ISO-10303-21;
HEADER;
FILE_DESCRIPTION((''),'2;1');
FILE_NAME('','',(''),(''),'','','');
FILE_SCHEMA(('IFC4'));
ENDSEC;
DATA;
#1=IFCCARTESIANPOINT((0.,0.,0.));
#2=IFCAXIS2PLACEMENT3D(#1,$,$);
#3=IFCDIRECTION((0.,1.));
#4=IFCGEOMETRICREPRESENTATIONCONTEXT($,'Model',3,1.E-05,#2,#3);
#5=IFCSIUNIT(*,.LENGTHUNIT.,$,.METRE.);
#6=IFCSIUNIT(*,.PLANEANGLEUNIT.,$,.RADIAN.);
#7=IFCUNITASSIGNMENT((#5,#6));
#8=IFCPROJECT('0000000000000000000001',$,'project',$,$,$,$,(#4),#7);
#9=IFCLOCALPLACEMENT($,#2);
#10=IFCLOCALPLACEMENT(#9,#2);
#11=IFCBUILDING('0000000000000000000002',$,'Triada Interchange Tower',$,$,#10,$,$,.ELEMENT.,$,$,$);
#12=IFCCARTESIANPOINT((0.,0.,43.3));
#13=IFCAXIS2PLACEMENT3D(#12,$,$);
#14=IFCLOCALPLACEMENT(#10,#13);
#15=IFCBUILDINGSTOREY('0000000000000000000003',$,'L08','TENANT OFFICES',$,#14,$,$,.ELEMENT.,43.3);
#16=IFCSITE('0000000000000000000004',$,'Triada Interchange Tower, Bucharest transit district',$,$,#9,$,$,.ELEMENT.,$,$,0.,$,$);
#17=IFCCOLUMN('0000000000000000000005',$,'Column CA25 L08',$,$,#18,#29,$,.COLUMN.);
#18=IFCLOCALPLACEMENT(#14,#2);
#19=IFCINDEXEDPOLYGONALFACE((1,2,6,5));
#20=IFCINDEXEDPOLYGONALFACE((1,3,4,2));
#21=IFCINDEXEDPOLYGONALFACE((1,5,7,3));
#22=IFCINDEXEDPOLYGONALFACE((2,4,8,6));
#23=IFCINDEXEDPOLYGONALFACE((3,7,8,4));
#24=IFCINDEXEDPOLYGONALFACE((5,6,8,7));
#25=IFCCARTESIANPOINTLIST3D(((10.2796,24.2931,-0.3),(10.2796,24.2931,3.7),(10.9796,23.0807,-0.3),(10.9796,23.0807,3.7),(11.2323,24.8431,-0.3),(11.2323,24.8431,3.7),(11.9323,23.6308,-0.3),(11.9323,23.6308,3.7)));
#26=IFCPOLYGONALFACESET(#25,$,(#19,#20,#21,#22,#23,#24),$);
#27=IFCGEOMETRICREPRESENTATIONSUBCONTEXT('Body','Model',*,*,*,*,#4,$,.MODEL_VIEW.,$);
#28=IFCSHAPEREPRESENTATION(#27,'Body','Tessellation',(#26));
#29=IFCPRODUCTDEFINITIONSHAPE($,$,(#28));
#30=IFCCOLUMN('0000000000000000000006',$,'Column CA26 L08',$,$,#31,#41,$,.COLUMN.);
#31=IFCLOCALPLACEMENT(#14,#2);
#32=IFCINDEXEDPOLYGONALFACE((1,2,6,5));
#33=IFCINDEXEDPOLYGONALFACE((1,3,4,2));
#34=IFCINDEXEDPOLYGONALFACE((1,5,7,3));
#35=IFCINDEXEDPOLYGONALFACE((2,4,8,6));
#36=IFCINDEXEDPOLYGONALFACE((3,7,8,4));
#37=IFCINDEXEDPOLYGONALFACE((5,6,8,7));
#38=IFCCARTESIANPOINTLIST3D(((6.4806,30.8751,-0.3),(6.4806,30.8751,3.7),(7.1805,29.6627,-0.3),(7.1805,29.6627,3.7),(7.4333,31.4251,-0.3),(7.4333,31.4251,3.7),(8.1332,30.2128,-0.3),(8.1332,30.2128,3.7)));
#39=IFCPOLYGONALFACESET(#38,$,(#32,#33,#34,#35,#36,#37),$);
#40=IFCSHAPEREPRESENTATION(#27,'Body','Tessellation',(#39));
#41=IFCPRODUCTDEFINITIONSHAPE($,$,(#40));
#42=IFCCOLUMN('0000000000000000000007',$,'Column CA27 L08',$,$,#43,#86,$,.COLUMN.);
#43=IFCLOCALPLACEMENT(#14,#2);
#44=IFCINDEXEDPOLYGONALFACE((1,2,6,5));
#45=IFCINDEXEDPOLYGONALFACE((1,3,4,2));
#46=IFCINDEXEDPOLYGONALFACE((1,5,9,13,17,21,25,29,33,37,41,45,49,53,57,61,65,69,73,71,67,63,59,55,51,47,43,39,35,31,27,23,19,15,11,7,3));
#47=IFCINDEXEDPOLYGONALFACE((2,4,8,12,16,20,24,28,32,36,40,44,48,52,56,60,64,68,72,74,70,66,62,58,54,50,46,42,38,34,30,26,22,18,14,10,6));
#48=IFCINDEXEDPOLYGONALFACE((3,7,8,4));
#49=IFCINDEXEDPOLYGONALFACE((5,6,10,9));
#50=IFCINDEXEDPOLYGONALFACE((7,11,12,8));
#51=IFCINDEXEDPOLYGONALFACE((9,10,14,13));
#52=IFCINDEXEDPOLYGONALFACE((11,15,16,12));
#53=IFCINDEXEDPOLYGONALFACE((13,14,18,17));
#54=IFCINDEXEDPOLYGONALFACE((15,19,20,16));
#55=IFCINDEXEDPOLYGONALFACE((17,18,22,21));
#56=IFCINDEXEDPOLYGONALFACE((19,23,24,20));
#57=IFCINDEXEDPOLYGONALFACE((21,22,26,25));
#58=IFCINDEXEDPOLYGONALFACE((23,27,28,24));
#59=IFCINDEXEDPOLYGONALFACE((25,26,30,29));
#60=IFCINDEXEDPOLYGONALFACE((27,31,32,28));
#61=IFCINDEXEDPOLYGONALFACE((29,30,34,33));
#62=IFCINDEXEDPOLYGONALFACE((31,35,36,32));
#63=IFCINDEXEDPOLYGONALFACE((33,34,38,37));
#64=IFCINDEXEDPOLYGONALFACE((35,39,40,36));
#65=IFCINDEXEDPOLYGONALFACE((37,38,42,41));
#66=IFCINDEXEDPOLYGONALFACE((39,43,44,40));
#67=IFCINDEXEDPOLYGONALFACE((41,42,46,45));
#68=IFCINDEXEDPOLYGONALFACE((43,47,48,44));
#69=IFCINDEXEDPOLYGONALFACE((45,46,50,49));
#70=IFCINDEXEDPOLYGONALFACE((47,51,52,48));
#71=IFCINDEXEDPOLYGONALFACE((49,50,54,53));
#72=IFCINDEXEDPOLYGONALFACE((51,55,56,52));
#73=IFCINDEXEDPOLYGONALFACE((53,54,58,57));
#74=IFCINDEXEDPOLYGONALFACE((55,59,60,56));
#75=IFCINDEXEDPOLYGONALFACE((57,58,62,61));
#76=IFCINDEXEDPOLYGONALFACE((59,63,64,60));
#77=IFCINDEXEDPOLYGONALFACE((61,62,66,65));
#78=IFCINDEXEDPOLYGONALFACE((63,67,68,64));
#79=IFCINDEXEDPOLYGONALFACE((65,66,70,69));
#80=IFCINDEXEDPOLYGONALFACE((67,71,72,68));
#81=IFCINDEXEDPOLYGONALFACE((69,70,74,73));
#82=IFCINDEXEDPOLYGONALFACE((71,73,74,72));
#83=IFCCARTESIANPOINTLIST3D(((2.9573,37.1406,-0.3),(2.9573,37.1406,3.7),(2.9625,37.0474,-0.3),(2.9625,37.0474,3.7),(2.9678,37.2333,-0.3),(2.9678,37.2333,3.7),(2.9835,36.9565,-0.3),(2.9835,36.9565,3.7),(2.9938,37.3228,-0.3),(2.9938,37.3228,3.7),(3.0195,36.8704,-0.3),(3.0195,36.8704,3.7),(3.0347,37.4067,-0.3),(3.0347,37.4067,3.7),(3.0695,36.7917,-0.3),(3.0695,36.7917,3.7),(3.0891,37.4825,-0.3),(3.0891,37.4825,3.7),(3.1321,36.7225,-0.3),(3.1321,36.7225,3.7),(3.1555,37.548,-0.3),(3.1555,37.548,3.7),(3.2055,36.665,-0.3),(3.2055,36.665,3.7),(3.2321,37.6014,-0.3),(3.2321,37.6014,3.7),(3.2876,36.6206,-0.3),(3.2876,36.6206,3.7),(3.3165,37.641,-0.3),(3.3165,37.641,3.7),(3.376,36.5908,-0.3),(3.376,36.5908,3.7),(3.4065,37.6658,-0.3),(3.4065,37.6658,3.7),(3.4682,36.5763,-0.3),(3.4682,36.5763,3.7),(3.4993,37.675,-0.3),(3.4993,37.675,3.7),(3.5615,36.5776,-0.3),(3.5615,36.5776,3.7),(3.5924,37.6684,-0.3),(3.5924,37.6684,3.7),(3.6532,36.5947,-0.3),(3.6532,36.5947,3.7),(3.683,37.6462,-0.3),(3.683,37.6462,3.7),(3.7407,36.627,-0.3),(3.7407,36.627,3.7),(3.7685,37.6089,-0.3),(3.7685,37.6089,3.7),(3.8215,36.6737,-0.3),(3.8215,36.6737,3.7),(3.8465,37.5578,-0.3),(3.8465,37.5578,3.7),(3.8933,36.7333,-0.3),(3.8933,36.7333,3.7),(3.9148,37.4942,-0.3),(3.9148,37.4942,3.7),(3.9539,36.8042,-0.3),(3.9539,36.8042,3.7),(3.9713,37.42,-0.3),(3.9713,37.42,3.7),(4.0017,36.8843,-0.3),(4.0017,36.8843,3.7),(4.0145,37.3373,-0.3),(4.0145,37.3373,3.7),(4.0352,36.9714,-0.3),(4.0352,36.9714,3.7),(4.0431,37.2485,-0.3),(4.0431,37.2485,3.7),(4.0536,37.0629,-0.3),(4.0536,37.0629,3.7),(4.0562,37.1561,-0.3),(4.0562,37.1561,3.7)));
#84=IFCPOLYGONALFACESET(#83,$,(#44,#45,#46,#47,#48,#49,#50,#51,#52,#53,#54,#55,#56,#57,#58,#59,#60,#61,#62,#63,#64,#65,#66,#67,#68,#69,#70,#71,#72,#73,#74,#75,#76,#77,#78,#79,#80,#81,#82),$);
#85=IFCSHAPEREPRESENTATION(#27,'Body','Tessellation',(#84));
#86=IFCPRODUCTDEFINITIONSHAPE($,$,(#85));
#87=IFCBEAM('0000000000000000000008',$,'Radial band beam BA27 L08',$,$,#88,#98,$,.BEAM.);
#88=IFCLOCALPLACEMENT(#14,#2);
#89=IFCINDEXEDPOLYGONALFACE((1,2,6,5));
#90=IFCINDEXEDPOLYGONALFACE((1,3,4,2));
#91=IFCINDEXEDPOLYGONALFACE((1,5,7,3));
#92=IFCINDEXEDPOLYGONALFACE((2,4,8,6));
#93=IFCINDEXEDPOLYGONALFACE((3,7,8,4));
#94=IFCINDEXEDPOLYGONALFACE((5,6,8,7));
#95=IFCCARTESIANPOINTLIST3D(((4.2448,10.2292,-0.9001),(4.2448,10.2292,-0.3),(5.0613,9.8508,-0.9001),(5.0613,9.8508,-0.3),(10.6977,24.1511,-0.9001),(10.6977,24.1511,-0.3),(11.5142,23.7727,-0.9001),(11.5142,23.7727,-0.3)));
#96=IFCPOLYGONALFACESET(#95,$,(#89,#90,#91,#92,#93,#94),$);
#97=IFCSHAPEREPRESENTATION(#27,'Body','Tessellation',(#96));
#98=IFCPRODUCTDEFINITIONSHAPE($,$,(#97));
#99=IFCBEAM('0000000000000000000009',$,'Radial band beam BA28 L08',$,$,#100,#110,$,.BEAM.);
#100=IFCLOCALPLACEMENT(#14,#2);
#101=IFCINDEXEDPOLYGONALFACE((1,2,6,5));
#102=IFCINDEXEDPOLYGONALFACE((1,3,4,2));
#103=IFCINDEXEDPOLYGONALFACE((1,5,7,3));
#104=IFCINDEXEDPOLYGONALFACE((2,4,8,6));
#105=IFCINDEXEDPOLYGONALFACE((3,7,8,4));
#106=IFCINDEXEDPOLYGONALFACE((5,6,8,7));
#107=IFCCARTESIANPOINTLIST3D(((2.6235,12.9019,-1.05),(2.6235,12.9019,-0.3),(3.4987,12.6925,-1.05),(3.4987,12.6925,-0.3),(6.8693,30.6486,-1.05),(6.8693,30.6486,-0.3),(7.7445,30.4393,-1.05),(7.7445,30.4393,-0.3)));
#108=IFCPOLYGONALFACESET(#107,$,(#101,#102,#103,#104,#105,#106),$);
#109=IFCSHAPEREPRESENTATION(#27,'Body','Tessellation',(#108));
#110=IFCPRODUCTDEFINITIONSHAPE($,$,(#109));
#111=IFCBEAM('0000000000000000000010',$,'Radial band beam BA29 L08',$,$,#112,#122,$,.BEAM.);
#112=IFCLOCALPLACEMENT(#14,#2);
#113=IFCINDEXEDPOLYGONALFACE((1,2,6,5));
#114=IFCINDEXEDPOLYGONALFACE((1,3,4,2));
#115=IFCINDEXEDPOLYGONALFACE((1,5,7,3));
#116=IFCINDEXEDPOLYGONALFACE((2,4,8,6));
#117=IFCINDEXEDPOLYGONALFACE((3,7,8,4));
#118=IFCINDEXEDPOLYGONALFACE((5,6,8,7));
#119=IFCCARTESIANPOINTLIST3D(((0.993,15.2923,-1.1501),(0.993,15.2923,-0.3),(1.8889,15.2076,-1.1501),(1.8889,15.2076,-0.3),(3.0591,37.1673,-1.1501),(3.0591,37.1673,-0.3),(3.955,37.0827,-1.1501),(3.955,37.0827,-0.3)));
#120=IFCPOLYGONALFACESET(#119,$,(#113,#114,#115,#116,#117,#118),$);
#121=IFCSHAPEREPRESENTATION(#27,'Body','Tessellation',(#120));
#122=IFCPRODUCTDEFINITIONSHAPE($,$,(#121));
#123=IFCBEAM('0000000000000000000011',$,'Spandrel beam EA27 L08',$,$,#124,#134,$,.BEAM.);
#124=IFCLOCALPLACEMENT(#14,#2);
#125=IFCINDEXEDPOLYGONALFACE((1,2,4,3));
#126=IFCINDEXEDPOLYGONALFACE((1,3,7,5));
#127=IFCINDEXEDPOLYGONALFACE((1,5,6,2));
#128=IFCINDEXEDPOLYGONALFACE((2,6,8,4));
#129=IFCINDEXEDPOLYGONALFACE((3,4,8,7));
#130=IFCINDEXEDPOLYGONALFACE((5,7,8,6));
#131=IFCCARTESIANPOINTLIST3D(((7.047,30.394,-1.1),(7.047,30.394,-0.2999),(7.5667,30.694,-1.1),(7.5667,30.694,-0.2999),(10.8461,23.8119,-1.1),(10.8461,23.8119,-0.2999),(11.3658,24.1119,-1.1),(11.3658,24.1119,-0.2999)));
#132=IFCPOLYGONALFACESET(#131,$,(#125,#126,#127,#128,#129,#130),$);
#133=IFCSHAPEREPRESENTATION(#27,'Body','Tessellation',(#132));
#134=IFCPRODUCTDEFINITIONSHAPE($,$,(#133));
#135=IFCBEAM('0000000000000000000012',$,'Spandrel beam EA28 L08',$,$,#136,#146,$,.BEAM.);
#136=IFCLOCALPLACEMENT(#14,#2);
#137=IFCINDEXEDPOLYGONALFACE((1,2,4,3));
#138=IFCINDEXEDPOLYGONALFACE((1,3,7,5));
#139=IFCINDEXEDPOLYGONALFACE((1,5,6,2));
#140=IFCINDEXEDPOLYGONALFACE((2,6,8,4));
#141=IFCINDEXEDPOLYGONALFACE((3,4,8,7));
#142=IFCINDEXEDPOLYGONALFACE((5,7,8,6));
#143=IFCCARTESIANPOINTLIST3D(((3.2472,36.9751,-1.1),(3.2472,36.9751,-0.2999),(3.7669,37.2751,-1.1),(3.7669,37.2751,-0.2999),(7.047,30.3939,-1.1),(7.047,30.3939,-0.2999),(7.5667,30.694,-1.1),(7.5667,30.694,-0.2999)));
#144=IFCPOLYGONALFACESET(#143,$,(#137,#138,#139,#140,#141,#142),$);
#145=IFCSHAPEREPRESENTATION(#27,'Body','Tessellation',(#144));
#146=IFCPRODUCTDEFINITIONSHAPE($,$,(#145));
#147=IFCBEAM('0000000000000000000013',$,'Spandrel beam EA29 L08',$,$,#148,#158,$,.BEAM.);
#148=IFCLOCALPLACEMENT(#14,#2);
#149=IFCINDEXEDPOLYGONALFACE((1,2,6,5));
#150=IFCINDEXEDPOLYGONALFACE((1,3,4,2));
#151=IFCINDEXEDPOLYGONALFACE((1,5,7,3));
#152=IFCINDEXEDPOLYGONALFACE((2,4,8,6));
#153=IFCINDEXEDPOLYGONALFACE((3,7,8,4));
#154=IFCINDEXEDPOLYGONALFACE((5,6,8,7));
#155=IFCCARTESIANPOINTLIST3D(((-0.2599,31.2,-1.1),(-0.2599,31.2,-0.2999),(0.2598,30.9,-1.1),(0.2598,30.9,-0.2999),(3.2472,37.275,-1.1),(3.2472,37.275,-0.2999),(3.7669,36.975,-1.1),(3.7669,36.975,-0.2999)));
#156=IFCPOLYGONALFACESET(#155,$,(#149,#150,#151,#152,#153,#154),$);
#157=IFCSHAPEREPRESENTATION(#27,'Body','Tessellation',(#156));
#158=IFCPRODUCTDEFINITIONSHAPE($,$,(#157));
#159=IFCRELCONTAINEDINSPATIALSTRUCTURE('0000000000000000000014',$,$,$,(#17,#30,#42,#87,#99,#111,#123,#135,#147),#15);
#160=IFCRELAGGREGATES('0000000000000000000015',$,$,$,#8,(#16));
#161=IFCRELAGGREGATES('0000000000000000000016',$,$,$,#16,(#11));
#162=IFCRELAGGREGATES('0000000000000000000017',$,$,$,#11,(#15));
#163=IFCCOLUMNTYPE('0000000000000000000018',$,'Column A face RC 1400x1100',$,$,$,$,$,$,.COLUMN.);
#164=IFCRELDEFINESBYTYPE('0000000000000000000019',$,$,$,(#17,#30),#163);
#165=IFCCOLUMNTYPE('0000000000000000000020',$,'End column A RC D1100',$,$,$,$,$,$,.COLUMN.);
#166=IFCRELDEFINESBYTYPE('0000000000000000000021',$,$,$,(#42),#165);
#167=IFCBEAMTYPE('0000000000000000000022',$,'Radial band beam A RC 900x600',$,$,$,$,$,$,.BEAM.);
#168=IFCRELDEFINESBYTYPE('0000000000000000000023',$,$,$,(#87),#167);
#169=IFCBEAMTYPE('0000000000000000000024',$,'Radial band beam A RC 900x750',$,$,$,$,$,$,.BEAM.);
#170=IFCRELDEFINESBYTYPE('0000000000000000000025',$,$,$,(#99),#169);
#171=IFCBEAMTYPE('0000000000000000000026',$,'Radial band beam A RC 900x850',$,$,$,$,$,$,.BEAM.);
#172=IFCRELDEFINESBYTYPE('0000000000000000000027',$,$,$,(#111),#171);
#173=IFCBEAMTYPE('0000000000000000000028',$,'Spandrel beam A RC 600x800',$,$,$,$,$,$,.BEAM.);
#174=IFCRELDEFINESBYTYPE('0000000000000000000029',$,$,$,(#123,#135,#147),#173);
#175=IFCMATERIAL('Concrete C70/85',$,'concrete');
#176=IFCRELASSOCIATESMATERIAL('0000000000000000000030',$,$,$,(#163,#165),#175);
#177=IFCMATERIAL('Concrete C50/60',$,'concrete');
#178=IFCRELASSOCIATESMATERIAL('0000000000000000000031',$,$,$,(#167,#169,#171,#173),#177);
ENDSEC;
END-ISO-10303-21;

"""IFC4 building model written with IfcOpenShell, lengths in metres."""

from ifc_helpers import new_model, si_unit, direction, frame, origin, origin_2d, place, context, subcontext, project, spatial, rectangle, circle, extrude, material, material_profile, profile_set, type_object, element, save


model = new_model("IFC4")

# Units and contexts
model_context = context("Model", 3, precision=1e-05, world=origin(), true_north=direction((0.0, 1.0)))
body_context = subcontext(model_context, "Body", "Model", "MODEL_VIEW")
ifc_project = project(units=[si_unit("LENGTHUNIT", "METRE"), si_unit("PLANEANGLEUNIT", "RADIAN")], contexts=[model_context])

# Site, building, storey
site_placement = place(None, origin())
site = spatial("IfcSite", under=ifc_project, at=site_placement, Name="Triada Interchange Tower, Bucharest transit district", CompositionType="ELEMENT", RefElevation=0.0)
building_placement = place(site_placement, origin())
building = spatial("IfcBuilding", under=site, at=building_placement, Name="Triada Interchange Tower", CompositionType="ELEMENT")
storey_placement = place(building_placement, frame((0.0, 0.0, 43.3)))
storey = spatial("IfcBuildingStorey", under=building, at=storey_placement, Name="L08", Description="TENANT OFFICES", CompositionType="ELEMENT", Elevation=43.3)

# Columns
ifc_material_1 = material(Name="Concrete C70/85", Category="concrete")
ifc_material_profile_1 = material_profile(ifc_material_1, rectangle(XDim=1.3999, YDim=1.1001, at=origin_2d()), Name="RC 1400x1100")
ifc_profile_set_1 = profile_set([ifc_material_profile_1], Name="Concrete C70/85")
column_type_1 = type_object("IfcColumnType", Name="Column A face RC 1400x1100", PredefinedType="COLUMN", material=ifc_profile_set_1)
for number, where, z_axis, x_axis, name in (
    (1, (11.106, 23.9619, -0.3), (0.0, 0.0, 1.0), (-0.5, 0.866025, 0.0), "Column CA25 L08"),
    (2, (7.3069, 30.5439, -0.3), (0.0, 0.0, 1.0), (-0.5, 0.866025, 0.0), "Column CA26 L08"),
):
    element("IfcColumn", number, at=place(storey_placement, frame(where, z_axis=z_axis, x_axis=x_axis)), inside=storey, type_object=column_type_1, Name=name, PredefinedType="COLUMN", context=body_context, shape_type="SweptSolid", body=[
        extrude(rectangle(XDim=1.3999, YDim=1.1001, at=origin_2d()), origin(), (0.0, 0.0, 1.0), 4.0),
    ])
ifc_material_profile_2 = material_profile(ifc_material_1, circle(Radius=0.55, at=origin_2d()), Name="RC D1100")
ifc_profile_set_2 = profile_set([ifc_material_profile_2], Name="Concrete C70/85")
column_type_2 = type_object("IfcColumnType", Name="End column A RC D1100", PredefinedType="COLUMN", material=ifc_profile_set_2)
column_placement = place(storey_placement, frame((3.5071, 37.125, -0.3), z_axis=(0.0, 0.0, 1.0), x_axis=(-0.5, 0.866025, 0.0)))
element("IfcColumn", 3, at=column_placement, inside=storey, type_object=column_type_2, Name="Column CA27 L08", PredefinedType="COLUMN", context=body_context, shape_type="SweptSolid", body=[
    extrude(circle(Radius=0.55, at=origin_2d()), origin(), (0.0, 0.0, 1.0), 4.0),
])

# Beams
ifc_material_2 = material(Name="Concrete C50/60", Category="concrete")
ifc_material_profile_3 = material_profile(ifc_material_2, rectangle(XDim=0.8999, YDim=0.6001, at=origin_2d()), Name="RC 900x600")
ifc_profile_set_3 = profile_set([ifc_material_profile_3], Name="Concrete C50/60")
beam_type_1 = type_object("IfcBeamType", Name="Radial band beam A RC 900x600", PredefinedType="BEAM", material=ifc_profile_set_3)
beam_1_placement = place(storey_placement, frame((11.106, 23.9619, -0.6001), z_axis=(-0.42053, -0.907279, 0.0), x_axis=(0.907279, -0.42053, 0.0)))
element("IfcBeam", 4, at=beam_1_placement, inside=storey, type_object=beam_type_1, Name="Radial band beam BA27 L08", PredefinedType="BEAM", context=body_context, shape_type="SweptSolid", body=[
    extrude(rectangle(XDim=0.8999, YDim=0.6001, at=origin_2d()), origin(), (0.0, 0.0, 1.0), 15.3447),
])
ifc_material_profile_4 = material_profile(ifc_material_2, rectangle(XDim=0.8999, YDim=0.75, at=origin_2d()), Name="RC 900x750")
ifc_profile_set_4 = profile_set([ifc_material_profile_4], Name="Concrete C50/60")
beam_type_2 = type_object("IfcBeamType", Name="Radial band beam A RC 900x750", PredefinedType="BEAM", material=ifc_profile_set_4)
beam_2_placement = place(storey_placement, frame((7.3069, 30.5439, -0.675), z_axis=(-0.232679, -0.972554, 0.0), x_axis=(0.972554, -0.232679, 0.0)))
element("IfcBeam", 5, at=beam_2_placement, inside=storey, type_object=beam_type_2, Name="Radial band beam BA28 L08", PredefinedType="BEAM", context=body_context, shape_type="SweptSolid", body=[
    extrude(rectangle(XDim=0.8999, YDim=0.75, at=origin_2d()), origin(), (0.0, 0.0, 1.0), 18.2476),
])
ifc_material_profile_5 = material_profile(ifc_material_2, rectangle(XDim=0.8999, YDim=0.8501, at=origin_2d()), Name="RC 900x850")
ifc_profile_set_5 = profile_set([ifc_material_profile_5], Name="Concrete C50/60")
beam_type_3 = type_object("IfcBeamType", Name="Radial band beam A RC 900x850", PredefinedType="BEAM", material=ifc_profile_set_5)
beam_3_placement = place(storey_placement, frame((3.5071, 37.125, -0.7251), z_axis=(-0.094035, -0.995569, 0.0), x_axis=(0.995569, -0.094035, 0.0)))
element("IfcBeam", 6, at=beam_3_placement, inside=storey, type_object=beam_type_3, Name="Radial band beam BA29 L08", PredefinedType="BEAM", context=body_context, shape_type="SweptSolid", body=[
    extrude(rectangle(XDim=0.8999, YDim=0.8501, at=origin_2d()), origin(), (0.0, 0.0, 1.0), 21.9724),
])
ifc_material_profile_6 = material_profile(ifc_material_2, rectangle(XDim=0.6001, YDim=0.8, at=origin_2d()), Name="RC 600x800")
ifc_profile_set_6 = profile_set([ifc_material_profile_6], Name="Concrete C50/60")
beam_type_4 = type_object("IfcBeamType", Name="Spandrel beam A RC 600x800", PredefinedType="BEAM", material=ifc_profile_set_6)
beam_4_placement = place(storey_placement, frame((11.106, 23.9619, -0.7), z_axis=(-0.499895, 0.866086, 0.0), x_axis=(-0.866086, -0.499895, 0.0)))
element("IfcBeam", 7, at=beam_4_placement, inside=storey, type_object=beam_type_4, Name="Spandrel beam EA27 L08", PredefinedType="BEAM", context=body_context, shape_type="SweptSolid", body=[
    extrude(rectangle(XDim=0.6001, YDim=0.8, at=origin_2d()), origin(), (0.0, 0.0, 1.0), 7.5999),
])
beam_5_placement = place(storey_placement, frame((7.3069, 30.5439, -0.7), z_axis=(-0.500023, 0.866012, 0.0), x_axis=(-0.866012, -0.500023, 0.0)))
element("IfcBeam", 8, at=beam_5_placement, inside=storey, type_object=beam_type_4, Name="Spandrel beam EA28 L08", PredefinedType="BEAM", context=body_context, shape_type="SweptSolid", body=[
    extrude(rectangle(XDim=0.6001, YDim=0.8, at=origin_2d()), origin(), (0.0, 0.0, 1.0), 7.5994),
])
beam_6_placement = place(storey_placement, frame((3.5071, 37.125, -0.7), z_axis=(-0.499968, -0.866044, 0.0), x_axis=(0.866044, -0.499968, 0.0)))
element("IfcBeam", 9, at=beam_6_placement, inside=storey, type_object=beam_type_4, Name="Spandrel beam EA29 L08", PredefinedType="BEAM", context=body_context, shape_type="SweptSolid", body=[
    extrude(rectangle(XDim=0.6001, YDim=0.8, at=origin_2d()), origin(), (0.0, 0.0, 1.0), 7.0146),
])

save(model, "model.ifc")
